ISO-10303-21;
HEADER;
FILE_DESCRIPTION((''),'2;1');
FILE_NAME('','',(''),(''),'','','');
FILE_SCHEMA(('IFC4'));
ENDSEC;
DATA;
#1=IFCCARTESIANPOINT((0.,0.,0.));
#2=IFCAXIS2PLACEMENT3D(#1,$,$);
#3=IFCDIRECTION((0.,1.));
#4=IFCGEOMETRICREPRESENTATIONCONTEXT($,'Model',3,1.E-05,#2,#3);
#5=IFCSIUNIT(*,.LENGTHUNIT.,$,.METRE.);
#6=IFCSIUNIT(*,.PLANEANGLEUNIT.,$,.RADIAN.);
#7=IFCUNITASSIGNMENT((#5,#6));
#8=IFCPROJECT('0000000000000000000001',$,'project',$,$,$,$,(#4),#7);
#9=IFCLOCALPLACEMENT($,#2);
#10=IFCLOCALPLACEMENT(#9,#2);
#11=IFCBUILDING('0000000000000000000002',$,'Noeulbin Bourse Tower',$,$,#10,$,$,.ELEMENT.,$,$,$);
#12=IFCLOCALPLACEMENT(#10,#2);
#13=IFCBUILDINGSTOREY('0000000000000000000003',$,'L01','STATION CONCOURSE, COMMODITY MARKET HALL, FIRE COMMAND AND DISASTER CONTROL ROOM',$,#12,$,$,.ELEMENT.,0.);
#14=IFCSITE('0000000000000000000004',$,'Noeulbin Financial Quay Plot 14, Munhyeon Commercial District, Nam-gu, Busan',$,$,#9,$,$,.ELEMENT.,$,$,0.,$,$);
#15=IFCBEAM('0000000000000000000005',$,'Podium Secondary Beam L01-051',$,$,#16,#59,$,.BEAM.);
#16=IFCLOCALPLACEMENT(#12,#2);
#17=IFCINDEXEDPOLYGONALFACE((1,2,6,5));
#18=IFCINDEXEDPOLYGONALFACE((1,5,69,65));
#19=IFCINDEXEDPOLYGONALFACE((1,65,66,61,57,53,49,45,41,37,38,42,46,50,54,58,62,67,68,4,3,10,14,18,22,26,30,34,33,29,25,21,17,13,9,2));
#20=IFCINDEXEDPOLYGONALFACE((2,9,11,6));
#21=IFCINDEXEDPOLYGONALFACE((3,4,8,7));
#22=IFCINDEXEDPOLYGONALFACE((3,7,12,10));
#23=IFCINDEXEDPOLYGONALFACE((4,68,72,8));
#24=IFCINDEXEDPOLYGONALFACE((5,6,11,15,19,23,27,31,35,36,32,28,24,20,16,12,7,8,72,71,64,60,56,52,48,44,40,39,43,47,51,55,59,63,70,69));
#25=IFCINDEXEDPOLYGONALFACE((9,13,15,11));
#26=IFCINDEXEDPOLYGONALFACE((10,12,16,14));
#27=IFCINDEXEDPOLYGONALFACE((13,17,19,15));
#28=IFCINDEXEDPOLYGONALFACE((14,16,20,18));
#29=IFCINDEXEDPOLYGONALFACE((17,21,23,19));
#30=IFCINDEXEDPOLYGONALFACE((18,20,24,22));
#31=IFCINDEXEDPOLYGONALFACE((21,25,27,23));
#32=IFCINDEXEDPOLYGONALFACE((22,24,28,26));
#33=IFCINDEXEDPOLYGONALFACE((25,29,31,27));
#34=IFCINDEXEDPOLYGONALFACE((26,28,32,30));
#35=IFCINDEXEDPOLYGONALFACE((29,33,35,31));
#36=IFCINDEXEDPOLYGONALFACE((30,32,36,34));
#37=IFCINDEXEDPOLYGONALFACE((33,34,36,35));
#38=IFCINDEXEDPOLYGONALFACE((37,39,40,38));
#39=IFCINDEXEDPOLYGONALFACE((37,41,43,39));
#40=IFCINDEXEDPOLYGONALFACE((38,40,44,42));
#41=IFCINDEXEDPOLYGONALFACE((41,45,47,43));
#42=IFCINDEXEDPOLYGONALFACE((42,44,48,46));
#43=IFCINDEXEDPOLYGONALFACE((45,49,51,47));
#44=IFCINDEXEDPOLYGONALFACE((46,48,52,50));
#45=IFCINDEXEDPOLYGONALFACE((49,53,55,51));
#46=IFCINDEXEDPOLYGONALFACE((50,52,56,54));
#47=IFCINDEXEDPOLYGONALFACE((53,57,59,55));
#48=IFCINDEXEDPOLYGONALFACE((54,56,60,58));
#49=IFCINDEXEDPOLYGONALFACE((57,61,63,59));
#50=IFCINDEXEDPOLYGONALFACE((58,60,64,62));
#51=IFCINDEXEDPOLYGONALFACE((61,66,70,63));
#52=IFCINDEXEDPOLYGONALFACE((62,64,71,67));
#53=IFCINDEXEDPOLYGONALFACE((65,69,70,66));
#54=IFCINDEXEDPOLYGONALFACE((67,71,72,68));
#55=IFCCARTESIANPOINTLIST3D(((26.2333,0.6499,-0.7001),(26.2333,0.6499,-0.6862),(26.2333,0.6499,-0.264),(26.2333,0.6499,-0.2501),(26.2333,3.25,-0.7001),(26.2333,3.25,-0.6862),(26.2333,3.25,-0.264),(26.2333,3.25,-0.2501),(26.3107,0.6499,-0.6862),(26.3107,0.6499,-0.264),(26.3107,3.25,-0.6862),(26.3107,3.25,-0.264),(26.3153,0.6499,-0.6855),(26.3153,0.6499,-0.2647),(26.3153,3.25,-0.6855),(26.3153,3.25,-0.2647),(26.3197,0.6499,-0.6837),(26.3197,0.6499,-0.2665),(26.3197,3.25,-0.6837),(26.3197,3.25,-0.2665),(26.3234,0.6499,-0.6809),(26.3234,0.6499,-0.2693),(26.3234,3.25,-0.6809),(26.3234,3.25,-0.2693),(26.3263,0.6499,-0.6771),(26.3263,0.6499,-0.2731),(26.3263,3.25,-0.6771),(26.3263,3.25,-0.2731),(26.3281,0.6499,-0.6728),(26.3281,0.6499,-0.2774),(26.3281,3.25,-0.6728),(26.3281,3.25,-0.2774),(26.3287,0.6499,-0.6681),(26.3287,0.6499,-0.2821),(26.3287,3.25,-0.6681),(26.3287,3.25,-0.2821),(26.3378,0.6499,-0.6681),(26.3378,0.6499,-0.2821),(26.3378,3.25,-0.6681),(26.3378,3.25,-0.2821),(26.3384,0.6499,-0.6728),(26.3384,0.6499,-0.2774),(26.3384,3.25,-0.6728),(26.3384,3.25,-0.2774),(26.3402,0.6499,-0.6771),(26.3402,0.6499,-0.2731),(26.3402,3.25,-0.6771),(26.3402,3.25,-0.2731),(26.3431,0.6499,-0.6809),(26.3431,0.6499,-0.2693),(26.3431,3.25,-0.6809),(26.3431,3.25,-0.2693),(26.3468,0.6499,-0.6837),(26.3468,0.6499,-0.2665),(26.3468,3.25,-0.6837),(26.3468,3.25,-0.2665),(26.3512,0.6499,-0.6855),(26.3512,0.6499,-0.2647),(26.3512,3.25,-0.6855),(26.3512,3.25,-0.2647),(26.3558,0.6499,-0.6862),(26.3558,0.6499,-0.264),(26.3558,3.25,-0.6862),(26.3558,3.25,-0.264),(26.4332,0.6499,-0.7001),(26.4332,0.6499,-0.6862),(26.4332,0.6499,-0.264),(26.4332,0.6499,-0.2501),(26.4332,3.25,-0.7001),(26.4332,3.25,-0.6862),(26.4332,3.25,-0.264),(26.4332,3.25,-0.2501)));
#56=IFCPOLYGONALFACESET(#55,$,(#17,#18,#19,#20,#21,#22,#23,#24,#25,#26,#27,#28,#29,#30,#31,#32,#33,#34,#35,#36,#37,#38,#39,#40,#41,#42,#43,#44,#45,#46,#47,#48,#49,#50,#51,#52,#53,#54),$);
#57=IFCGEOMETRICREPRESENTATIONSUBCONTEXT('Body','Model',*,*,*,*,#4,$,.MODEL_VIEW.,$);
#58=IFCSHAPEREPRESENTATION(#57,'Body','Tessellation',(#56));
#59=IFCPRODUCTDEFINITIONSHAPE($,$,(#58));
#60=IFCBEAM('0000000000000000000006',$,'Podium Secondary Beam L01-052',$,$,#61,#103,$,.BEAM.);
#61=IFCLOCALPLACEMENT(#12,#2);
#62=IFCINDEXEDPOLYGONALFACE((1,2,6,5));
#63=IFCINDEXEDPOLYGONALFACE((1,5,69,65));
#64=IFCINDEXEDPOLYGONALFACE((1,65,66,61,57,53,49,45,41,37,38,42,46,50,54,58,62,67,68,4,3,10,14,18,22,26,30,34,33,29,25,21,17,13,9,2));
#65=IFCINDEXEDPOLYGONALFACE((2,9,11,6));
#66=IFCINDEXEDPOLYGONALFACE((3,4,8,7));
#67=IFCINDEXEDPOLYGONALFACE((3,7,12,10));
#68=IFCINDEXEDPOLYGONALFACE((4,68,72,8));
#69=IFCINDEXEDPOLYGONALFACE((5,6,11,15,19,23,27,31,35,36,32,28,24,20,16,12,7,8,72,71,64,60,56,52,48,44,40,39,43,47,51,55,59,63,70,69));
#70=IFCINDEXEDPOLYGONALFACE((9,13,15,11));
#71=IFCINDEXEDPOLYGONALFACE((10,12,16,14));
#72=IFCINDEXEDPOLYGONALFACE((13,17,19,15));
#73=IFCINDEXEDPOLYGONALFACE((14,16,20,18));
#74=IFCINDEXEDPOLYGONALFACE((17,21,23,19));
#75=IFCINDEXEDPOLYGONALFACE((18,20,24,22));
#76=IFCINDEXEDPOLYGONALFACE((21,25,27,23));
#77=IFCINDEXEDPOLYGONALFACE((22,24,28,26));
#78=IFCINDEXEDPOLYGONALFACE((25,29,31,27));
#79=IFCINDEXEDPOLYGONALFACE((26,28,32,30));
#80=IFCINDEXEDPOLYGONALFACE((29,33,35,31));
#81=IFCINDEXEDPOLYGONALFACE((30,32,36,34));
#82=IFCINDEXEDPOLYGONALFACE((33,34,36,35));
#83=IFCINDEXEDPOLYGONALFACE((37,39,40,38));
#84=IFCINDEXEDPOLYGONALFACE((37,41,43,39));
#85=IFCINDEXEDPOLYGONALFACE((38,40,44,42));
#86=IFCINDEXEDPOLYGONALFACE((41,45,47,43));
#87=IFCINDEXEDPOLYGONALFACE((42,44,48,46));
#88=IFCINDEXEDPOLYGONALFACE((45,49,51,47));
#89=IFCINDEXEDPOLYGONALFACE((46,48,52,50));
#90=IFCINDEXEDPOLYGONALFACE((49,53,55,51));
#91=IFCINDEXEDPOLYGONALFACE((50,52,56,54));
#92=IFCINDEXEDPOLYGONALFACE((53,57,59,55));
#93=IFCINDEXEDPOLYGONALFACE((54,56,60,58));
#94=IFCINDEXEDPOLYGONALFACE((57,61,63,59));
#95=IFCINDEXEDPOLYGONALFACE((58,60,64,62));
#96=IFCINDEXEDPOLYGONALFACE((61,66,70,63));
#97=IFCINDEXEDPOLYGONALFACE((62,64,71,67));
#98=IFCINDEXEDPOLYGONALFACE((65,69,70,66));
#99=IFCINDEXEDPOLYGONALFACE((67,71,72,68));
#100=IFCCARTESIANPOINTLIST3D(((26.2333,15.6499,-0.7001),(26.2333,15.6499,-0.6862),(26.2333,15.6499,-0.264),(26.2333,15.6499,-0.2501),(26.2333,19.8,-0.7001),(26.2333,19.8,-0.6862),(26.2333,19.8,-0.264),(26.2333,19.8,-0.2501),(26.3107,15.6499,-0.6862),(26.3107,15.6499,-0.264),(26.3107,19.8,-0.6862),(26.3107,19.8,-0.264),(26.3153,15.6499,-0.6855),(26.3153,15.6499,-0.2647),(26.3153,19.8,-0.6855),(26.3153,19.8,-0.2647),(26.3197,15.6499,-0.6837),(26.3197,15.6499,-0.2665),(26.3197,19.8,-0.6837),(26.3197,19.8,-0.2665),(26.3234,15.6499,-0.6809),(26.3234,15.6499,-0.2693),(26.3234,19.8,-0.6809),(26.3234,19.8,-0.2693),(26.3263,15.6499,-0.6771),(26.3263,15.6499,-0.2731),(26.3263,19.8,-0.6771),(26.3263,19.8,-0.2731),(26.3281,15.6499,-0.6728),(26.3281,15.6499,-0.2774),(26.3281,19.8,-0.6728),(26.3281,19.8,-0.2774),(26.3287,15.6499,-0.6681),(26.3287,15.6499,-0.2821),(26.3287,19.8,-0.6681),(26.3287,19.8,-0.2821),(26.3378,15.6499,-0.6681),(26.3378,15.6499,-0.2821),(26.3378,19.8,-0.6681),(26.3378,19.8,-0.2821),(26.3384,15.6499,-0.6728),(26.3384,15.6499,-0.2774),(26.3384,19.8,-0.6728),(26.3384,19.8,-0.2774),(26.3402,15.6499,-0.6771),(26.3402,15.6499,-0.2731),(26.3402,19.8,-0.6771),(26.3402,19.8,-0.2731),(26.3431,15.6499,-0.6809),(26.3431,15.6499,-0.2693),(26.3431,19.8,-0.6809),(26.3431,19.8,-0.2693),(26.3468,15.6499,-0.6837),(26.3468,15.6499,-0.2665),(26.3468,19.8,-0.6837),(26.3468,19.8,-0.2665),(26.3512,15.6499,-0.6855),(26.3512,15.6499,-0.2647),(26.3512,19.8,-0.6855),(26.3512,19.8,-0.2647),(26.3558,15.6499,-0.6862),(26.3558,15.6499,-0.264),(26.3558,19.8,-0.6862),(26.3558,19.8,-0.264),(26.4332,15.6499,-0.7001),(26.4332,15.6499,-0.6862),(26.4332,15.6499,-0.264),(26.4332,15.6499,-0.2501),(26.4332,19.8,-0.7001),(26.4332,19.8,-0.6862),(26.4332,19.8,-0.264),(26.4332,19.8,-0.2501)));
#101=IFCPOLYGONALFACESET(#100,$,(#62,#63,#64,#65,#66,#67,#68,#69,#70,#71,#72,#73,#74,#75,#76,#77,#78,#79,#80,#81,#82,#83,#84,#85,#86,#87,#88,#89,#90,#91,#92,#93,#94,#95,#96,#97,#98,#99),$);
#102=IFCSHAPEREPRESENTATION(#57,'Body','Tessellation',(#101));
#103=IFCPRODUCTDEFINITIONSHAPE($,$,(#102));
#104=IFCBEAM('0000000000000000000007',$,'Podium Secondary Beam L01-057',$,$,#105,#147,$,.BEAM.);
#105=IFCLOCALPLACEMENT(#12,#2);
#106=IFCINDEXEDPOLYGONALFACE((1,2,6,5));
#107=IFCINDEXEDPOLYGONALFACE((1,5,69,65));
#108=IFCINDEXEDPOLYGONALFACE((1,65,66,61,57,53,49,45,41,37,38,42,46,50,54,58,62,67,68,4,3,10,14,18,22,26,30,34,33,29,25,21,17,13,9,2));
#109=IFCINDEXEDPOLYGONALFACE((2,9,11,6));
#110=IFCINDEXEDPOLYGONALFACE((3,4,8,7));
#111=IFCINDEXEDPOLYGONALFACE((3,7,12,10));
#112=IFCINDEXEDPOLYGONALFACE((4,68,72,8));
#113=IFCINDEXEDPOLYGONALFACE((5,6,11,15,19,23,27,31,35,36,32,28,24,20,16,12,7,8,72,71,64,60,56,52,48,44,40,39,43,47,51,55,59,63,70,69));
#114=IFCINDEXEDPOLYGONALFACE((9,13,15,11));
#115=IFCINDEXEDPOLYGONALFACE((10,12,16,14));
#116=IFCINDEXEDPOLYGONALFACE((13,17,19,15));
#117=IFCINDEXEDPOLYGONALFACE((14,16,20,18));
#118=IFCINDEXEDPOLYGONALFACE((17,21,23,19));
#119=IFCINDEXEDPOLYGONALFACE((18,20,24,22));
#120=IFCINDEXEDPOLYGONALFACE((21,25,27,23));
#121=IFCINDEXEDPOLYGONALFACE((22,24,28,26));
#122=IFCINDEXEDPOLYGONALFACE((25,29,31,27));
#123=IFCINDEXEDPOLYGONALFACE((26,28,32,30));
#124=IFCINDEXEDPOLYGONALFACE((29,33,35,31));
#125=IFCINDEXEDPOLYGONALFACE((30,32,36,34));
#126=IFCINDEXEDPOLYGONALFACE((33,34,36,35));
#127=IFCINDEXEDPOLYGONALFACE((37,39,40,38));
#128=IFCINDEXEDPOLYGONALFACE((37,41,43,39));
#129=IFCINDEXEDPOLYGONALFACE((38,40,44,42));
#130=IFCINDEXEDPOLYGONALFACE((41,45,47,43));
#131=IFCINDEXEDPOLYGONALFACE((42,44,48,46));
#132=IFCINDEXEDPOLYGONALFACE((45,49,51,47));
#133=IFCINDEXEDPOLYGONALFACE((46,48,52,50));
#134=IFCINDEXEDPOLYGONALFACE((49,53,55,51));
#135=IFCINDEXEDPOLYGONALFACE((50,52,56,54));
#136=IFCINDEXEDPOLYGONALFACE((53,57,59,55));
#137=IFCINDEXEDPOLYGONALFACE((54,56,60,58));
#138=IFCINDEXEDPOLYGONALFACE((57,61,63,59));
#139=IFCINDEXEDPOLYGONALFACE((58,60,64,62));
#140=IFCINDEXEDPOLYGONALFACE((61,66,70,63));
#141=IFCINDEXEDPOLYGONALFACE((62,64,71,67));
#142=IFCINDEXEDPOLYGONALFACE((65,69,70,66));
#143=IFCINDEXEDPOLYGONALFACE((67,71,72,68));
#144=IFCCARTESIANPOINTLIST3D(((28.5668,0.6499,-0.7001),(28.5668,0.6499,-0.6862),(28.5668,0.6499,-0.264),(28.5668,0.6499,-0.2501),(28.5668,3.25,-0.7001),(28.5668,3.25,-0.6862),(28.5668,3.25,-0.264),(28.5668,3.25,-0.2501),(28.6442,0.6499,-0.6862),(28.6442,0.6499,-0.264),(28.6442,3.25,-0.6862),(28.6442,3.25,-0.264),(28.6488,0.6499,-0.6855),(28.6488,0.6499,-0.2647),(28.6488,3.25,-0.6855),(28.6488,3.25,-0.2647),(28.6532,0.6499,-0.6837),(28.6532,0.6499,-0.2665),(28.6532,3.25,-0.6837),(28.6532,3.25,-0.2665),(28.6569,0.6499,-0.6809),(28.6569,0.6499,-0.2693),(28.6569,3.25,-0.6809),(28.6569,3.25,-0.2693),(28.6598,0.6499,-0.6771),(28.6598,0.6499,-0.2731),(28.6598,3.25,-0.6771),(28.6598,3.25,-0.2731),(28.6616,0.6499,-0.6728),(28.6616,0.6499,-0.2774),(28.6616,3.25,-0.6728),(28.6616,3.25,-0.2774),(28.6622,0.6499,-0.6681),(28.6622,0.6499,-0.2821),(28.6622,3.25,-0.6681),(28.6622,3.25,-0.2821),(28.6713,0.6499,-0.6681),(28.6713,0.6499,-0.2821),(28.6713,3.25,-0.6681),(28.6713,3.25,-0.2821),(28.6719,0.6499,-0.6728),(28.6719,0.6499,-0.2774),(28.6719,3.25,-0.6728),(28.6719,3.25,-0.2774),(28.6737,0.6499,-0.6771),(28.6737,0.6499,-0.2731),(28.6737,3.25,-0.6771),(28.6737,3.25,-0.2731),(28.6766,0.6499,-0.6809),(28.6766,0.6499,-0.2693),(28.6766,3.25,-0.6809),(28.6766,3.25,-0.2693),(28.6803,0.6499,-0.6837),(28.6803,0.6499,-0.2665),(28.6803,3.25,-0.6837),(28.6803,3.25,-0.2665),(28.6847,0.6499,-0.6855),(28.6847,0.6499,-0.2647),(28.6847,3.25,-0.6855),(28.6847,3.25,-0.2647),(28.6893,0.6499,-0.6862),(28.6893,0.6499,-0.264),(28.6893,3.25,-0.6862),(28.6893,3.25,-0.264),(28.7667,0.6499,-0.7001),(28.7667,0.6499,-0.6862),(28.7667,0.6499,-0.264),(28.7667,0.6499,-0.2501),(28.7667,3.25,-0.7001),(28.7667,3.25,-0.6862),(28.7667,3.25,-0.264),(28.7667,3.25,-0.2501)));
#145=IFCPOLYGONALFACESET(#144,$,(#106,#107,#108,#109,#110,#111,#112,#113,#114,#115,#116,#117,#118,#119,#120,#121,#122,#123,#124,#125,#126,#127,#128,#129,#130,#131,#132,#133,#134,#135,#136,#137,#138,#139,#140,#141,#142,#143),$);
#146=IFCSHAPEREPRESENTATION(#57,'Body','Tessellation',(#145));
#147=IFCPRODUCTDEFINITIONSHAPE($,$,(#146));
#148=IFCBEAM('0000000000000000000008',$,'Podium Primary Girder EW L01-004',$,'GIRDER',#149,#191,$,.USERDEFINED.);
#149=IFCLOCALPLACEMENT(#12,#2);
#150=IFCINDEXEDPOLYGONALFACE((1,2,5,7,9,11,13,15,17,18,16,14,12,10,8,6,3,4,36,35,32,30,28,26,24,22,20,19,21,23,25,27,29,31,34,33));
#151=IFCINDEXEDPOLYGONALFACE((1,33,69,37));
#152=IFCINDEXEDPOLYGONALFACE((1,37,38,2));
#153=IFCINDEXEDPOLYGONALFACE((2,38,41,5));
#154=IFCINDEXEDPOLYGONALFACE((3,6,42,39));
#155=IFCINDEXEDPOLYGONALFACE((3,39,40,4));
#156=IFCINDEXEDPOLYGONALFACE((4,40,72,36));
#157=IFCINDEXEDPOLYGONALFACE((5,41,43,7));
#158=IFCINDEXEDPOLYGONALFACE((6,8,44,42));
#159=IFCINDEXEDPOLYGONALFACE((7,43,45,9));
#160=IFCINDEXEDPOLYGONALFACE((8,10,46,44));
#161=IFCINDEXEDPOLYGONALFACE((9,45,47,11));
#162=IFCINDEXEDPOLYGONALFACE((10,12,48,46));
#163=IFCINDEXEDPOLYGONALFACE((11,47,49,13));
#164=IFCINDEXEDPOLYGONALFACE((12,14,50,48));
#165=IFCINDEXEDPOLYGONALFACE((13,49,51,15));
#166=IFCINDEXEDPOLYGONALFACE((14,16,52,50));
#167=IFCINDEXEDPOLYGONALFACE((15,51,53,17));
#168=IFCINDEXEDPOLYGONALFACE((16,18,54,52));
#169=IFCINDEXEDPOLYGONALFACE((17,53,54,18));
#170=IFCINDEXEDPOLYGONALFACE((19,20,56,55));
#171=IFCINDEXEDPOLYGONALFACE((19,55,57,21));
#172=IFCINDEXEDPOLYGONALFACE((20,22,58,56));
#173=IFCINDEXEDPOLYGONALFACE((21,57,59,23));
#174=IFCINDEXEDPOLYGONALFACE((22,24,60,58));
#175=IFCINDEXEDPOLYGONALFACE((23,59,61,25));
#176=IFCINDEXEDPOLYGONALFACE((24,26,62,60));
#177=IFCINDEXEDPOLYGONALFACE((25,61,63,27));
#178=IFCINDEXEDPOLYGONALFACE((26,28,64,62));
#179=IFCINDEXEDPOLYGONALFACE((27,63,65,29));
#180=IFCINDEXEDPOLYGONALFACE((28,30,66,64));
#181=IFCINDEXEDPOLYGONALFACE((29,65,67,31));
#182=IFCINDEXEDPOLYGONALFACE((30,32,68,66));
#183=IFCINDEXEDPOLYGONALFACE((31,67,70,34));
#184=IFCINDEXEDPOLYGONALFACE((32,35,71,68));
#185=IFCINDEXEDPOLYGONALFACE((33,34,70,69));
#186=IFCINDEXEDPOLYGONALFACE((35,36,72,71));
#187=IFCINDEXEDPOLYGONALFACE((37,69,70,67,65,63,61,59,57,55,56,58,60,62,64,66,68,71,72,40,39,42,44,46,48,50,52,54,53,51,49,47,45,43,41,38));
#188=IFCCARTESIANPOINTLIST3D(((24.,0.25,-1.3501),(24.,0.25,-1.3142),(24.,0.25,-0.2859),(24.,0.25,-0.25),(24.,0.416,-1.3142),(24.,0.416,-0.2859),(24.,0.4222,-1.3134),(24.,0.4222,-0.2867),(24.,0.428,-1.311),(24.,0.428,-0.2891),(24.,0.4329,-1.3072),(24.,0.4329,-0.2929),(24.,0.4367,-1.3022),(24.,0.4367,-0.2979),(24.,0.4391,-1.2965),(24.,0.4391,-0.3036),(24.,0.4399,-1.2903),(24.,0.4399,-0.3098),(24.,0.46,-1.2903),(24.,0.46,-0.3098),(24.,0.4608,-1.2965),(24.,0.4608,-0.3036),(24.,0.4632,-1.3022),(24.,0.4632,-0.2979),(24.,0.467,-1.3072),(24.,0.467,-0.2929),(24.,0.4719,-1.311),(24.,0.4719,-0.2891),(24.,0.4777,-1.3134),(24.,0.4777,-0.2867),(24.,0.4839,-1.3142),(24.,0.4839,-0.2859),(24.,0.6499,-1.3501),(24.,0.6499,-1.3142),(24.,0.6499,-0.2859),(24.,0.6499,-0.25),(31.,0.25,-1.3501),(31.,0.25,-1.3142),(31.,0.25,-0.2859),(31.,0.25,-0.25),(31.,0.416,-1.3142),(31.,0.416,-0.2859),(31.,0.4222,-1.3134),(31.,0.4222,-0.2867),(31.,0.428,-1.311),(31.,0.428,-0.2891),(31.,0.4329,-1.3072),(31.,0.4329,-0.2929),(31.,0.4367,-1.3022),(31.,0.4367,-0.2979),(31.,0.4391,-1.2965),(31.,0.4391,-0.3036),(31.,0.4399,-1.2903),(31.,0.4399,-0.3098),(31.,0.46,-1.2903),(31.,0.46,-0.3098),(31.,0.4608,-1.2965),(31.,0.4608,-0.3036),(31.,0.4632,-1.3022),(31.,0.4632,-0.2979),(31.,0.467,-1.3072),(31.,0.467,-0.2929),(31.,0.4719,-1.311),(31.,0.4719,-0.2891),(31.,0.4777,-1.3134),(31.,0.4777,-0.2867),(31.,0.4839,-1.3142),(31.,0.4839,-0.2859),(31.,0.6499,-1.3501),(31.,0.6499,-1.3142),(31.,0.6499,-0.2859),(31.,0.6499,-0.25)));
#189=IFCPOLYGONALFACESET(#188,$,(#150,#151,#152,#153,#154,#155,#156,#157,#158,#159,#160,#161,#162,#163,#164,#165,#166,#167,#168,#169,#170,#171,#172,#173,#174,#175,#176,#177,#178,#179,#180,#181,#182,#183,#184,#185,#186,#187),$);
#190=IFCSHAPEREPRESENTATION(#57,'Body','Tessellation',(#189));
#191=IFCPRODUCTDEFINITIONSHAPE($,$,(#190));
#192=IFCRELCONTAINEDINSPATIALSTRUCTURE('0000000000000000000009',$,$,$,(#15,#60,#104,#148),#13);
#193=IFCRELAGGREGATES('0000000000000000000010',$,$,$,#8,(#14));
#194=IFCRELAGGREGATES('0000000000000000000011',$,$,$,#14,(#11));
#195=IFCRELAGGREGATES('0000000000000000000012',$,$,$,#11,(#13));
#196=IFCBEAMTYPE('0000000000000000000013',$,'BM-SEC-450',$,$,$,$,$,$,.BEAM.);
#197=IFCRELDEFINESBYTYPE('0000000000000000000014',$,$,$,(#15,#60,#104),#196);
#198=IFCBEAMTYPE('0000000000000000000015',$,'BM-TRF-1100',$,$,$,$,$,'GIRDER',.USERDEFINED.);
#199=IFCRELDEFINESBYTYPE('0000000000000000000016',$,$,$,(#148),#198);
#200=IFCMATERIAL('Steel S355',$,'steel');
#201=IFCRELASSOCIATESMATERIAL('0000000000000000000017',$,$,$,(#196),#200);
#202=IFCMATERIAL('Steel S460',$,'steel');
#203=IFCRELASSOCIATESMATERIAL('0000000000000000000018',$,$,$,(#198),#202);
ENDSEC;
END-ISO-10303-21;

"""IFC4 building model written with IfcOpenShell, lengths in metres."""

from ifc_helpers import new_model, si_unit, direction, frame, origin, origin_2d, place, context, subcontext, project, spatial, i_section, extrude, material, material_profile, profile_set, type_object, element, save


model = new_model("IFC4")

# Units and contexts
model_context = context("Model", 3, precision=1e-05, world=origin(), true_north=direction((0.0, 1.0)))
body_context = subcontext(model_context, "Body", "Model", "MODEL_VIEW")
ifc_project = project(units=[si_unit("LENGTHUNIT", "METRE"), si_unit("PLANEANGLEUNIT", "RADIAN")], contexts=[model_context])

# Site, building, storey
site_placement = place(None, origin())
site = spatial("IfcSite", under=ifc_project, at=site_placement, Name="Noeulbin Financial Quay Plot 14, Munhyeon Commercial District, Nam-gu, Busan", CompositionType="ELEMENT", RefElevation=0.0)
building_placement = place(site_placement, origin())
building = spatial("IfcBuilding", under=site, at=building_placement, Name="Noeulbin Bourse Tower", CompositionType="ELEMENT")
storey_placement = place(building_placement, origin())
storey = spatial("IfcBuildingStorey", under=building, at=storey_placement, Name="L01", Description="STATION CONCOURSE, COMMODITY MARKET HALL, FIRE COMMAND AND DISASTER CONTROL ROOM", CompositionType="ELEMENT", Elevation=0.0)

# Beams
ifc_material_1 = material(Name="Steel S355", Category="steel")
ifc_material_profile_1 = material_profile(ifc_material_1, i_section(OverallWidth=0.2, OverallDepth=0.45, WebThickness=0.009, FlangeThickness=0.0139, FilletRadius=0.0181, at=origin_2d()), Name="H-450x200x9x14", Category="LoadBearing")
ifc_profile_set_1 = profile_set([ifc_material_profile_1], Name="Steel S355")
beam_type_1 = type_object("IfcBeamType", Name="BM-SEC-450", PredefinedType="BEAM", material=ifc_profile_set_1)
beam_1_placement = place(storey_placement, frame((26.3333, 0.6499, -0.4751), z_axis=(0.0, 1.0, 0.0), x_axis=(-1.0, 0.0, 0.0)))
element("IfcBeam", 1, at=beam_1_placement, inside=storey, type_object=beam_type_1, Name="Podium Secondary Beam L01-051", PredefinedType="BEAM", context=body_context, shape_type="SweptSolid", body=[
    extrude(i_section(OverallWidth=0.2, OverallDepth=0.45, WebThickness=0.009, FlangeThickness=0.0139, FilletRadius=0.0181, at=origin_2d()), origin(), (0.0, 0.0, 1.0), 2.6001),
])
beam_2_placement = place(storey_placement, frame((26.3333, 15.6499, -0.4751), z_axis=(0.0, 1.0, 0.0), x_axis=(-1.0, 0.0, 0.0)))
element("IfcBeam", 2, at=beam_2_placement, inside=storey, type_object=beam_type_1, Name="Podium Secondary Beam L01-052", PredefinedType="BEAM", context=body_context, shape_type="SweptSolid", body=[
    extrude(i_section(OverallWidth=0.2, OverallDepth=0.45, WebThickness=0.009, FlangeThickness=0.0139, FilletRadius=0.0181, at=origin_2d()), origin(), (0.0, 0.0, 1.0), 4.1501),
])
beam_3_placement = place(storey_placement, frame((28.6667, 0.6499, -0.4751), z_axis=(0.0, 1.0, 0.0), x_axis=(-1.0, 0.0, 0.0)))
element("IfcBeam", 3, at=beam_3_placement, inside=storey, type_object=beam_type_1, Name="Podium Secondary Beam L01-057", PredefinedType="BEAM", context=body_context, shape_type="SweptSolid", body=[
    extrude(i_section(OverallWidth=0.2, OverallDepth=0.45, WebThickness=0.009, FlangeThickness=0.0139, FilletRadius=0.0181, at=origin_2d()), origin(), (0.0, 0.0, 1.0), 2.6001),
])
ifc_material_2 = material(Name="Steel S460", Category="steel")
ifc_material_profile_2 = material_profile(ifc_material_2, i_section(OverallWidth=0.3999, OverallDepth=1.1001, WebThickness=0.02, FlangeThickness=0.0359, FilletRadius=0.0239, at=origin_2d()), Name="PG-1100x400x20x36", Category="LoadBearing")
ifc_profile_set_2 = profile_set([ifc_material_profile_2], Name="Steel S460")
beam_type_2 = type_object("IfcBeamType", Name="BM-TRF-1100", ElementType="GIRDER", PredefinedType="USERDEFINED", material=ifc_profile_set_2)
for number, where, z_axis, x_axis, name in (
    (4, (24.0, 0.45, -0.8), (1.0, 0.0, 0.0), (0.0, 1.0, 0.0), "Podium Primary Girder EW L01-004"),
):
    element("IfcBeam", number, at=place(storey_placement, frame(where, z_axis=z_axis, x_axis=x_axis)), inside=storey, type_object=beam_type_2, Name=name, ObjectType="GIRDER", PredefinedType="USERDEFINED", context=body_context, shape_type="SweptSolid", body=[
        extrude(i_section(OverallWidth=0.3999, OverallDepth=1.1001, WebThickness=0.02, FlangeThickness=0.0359, FilletRadius=0.0239, at=origin_2d()), origin(), (0.0, 0.0, 1.0), 7.0),
    ])

save(model, "model.ifc")
